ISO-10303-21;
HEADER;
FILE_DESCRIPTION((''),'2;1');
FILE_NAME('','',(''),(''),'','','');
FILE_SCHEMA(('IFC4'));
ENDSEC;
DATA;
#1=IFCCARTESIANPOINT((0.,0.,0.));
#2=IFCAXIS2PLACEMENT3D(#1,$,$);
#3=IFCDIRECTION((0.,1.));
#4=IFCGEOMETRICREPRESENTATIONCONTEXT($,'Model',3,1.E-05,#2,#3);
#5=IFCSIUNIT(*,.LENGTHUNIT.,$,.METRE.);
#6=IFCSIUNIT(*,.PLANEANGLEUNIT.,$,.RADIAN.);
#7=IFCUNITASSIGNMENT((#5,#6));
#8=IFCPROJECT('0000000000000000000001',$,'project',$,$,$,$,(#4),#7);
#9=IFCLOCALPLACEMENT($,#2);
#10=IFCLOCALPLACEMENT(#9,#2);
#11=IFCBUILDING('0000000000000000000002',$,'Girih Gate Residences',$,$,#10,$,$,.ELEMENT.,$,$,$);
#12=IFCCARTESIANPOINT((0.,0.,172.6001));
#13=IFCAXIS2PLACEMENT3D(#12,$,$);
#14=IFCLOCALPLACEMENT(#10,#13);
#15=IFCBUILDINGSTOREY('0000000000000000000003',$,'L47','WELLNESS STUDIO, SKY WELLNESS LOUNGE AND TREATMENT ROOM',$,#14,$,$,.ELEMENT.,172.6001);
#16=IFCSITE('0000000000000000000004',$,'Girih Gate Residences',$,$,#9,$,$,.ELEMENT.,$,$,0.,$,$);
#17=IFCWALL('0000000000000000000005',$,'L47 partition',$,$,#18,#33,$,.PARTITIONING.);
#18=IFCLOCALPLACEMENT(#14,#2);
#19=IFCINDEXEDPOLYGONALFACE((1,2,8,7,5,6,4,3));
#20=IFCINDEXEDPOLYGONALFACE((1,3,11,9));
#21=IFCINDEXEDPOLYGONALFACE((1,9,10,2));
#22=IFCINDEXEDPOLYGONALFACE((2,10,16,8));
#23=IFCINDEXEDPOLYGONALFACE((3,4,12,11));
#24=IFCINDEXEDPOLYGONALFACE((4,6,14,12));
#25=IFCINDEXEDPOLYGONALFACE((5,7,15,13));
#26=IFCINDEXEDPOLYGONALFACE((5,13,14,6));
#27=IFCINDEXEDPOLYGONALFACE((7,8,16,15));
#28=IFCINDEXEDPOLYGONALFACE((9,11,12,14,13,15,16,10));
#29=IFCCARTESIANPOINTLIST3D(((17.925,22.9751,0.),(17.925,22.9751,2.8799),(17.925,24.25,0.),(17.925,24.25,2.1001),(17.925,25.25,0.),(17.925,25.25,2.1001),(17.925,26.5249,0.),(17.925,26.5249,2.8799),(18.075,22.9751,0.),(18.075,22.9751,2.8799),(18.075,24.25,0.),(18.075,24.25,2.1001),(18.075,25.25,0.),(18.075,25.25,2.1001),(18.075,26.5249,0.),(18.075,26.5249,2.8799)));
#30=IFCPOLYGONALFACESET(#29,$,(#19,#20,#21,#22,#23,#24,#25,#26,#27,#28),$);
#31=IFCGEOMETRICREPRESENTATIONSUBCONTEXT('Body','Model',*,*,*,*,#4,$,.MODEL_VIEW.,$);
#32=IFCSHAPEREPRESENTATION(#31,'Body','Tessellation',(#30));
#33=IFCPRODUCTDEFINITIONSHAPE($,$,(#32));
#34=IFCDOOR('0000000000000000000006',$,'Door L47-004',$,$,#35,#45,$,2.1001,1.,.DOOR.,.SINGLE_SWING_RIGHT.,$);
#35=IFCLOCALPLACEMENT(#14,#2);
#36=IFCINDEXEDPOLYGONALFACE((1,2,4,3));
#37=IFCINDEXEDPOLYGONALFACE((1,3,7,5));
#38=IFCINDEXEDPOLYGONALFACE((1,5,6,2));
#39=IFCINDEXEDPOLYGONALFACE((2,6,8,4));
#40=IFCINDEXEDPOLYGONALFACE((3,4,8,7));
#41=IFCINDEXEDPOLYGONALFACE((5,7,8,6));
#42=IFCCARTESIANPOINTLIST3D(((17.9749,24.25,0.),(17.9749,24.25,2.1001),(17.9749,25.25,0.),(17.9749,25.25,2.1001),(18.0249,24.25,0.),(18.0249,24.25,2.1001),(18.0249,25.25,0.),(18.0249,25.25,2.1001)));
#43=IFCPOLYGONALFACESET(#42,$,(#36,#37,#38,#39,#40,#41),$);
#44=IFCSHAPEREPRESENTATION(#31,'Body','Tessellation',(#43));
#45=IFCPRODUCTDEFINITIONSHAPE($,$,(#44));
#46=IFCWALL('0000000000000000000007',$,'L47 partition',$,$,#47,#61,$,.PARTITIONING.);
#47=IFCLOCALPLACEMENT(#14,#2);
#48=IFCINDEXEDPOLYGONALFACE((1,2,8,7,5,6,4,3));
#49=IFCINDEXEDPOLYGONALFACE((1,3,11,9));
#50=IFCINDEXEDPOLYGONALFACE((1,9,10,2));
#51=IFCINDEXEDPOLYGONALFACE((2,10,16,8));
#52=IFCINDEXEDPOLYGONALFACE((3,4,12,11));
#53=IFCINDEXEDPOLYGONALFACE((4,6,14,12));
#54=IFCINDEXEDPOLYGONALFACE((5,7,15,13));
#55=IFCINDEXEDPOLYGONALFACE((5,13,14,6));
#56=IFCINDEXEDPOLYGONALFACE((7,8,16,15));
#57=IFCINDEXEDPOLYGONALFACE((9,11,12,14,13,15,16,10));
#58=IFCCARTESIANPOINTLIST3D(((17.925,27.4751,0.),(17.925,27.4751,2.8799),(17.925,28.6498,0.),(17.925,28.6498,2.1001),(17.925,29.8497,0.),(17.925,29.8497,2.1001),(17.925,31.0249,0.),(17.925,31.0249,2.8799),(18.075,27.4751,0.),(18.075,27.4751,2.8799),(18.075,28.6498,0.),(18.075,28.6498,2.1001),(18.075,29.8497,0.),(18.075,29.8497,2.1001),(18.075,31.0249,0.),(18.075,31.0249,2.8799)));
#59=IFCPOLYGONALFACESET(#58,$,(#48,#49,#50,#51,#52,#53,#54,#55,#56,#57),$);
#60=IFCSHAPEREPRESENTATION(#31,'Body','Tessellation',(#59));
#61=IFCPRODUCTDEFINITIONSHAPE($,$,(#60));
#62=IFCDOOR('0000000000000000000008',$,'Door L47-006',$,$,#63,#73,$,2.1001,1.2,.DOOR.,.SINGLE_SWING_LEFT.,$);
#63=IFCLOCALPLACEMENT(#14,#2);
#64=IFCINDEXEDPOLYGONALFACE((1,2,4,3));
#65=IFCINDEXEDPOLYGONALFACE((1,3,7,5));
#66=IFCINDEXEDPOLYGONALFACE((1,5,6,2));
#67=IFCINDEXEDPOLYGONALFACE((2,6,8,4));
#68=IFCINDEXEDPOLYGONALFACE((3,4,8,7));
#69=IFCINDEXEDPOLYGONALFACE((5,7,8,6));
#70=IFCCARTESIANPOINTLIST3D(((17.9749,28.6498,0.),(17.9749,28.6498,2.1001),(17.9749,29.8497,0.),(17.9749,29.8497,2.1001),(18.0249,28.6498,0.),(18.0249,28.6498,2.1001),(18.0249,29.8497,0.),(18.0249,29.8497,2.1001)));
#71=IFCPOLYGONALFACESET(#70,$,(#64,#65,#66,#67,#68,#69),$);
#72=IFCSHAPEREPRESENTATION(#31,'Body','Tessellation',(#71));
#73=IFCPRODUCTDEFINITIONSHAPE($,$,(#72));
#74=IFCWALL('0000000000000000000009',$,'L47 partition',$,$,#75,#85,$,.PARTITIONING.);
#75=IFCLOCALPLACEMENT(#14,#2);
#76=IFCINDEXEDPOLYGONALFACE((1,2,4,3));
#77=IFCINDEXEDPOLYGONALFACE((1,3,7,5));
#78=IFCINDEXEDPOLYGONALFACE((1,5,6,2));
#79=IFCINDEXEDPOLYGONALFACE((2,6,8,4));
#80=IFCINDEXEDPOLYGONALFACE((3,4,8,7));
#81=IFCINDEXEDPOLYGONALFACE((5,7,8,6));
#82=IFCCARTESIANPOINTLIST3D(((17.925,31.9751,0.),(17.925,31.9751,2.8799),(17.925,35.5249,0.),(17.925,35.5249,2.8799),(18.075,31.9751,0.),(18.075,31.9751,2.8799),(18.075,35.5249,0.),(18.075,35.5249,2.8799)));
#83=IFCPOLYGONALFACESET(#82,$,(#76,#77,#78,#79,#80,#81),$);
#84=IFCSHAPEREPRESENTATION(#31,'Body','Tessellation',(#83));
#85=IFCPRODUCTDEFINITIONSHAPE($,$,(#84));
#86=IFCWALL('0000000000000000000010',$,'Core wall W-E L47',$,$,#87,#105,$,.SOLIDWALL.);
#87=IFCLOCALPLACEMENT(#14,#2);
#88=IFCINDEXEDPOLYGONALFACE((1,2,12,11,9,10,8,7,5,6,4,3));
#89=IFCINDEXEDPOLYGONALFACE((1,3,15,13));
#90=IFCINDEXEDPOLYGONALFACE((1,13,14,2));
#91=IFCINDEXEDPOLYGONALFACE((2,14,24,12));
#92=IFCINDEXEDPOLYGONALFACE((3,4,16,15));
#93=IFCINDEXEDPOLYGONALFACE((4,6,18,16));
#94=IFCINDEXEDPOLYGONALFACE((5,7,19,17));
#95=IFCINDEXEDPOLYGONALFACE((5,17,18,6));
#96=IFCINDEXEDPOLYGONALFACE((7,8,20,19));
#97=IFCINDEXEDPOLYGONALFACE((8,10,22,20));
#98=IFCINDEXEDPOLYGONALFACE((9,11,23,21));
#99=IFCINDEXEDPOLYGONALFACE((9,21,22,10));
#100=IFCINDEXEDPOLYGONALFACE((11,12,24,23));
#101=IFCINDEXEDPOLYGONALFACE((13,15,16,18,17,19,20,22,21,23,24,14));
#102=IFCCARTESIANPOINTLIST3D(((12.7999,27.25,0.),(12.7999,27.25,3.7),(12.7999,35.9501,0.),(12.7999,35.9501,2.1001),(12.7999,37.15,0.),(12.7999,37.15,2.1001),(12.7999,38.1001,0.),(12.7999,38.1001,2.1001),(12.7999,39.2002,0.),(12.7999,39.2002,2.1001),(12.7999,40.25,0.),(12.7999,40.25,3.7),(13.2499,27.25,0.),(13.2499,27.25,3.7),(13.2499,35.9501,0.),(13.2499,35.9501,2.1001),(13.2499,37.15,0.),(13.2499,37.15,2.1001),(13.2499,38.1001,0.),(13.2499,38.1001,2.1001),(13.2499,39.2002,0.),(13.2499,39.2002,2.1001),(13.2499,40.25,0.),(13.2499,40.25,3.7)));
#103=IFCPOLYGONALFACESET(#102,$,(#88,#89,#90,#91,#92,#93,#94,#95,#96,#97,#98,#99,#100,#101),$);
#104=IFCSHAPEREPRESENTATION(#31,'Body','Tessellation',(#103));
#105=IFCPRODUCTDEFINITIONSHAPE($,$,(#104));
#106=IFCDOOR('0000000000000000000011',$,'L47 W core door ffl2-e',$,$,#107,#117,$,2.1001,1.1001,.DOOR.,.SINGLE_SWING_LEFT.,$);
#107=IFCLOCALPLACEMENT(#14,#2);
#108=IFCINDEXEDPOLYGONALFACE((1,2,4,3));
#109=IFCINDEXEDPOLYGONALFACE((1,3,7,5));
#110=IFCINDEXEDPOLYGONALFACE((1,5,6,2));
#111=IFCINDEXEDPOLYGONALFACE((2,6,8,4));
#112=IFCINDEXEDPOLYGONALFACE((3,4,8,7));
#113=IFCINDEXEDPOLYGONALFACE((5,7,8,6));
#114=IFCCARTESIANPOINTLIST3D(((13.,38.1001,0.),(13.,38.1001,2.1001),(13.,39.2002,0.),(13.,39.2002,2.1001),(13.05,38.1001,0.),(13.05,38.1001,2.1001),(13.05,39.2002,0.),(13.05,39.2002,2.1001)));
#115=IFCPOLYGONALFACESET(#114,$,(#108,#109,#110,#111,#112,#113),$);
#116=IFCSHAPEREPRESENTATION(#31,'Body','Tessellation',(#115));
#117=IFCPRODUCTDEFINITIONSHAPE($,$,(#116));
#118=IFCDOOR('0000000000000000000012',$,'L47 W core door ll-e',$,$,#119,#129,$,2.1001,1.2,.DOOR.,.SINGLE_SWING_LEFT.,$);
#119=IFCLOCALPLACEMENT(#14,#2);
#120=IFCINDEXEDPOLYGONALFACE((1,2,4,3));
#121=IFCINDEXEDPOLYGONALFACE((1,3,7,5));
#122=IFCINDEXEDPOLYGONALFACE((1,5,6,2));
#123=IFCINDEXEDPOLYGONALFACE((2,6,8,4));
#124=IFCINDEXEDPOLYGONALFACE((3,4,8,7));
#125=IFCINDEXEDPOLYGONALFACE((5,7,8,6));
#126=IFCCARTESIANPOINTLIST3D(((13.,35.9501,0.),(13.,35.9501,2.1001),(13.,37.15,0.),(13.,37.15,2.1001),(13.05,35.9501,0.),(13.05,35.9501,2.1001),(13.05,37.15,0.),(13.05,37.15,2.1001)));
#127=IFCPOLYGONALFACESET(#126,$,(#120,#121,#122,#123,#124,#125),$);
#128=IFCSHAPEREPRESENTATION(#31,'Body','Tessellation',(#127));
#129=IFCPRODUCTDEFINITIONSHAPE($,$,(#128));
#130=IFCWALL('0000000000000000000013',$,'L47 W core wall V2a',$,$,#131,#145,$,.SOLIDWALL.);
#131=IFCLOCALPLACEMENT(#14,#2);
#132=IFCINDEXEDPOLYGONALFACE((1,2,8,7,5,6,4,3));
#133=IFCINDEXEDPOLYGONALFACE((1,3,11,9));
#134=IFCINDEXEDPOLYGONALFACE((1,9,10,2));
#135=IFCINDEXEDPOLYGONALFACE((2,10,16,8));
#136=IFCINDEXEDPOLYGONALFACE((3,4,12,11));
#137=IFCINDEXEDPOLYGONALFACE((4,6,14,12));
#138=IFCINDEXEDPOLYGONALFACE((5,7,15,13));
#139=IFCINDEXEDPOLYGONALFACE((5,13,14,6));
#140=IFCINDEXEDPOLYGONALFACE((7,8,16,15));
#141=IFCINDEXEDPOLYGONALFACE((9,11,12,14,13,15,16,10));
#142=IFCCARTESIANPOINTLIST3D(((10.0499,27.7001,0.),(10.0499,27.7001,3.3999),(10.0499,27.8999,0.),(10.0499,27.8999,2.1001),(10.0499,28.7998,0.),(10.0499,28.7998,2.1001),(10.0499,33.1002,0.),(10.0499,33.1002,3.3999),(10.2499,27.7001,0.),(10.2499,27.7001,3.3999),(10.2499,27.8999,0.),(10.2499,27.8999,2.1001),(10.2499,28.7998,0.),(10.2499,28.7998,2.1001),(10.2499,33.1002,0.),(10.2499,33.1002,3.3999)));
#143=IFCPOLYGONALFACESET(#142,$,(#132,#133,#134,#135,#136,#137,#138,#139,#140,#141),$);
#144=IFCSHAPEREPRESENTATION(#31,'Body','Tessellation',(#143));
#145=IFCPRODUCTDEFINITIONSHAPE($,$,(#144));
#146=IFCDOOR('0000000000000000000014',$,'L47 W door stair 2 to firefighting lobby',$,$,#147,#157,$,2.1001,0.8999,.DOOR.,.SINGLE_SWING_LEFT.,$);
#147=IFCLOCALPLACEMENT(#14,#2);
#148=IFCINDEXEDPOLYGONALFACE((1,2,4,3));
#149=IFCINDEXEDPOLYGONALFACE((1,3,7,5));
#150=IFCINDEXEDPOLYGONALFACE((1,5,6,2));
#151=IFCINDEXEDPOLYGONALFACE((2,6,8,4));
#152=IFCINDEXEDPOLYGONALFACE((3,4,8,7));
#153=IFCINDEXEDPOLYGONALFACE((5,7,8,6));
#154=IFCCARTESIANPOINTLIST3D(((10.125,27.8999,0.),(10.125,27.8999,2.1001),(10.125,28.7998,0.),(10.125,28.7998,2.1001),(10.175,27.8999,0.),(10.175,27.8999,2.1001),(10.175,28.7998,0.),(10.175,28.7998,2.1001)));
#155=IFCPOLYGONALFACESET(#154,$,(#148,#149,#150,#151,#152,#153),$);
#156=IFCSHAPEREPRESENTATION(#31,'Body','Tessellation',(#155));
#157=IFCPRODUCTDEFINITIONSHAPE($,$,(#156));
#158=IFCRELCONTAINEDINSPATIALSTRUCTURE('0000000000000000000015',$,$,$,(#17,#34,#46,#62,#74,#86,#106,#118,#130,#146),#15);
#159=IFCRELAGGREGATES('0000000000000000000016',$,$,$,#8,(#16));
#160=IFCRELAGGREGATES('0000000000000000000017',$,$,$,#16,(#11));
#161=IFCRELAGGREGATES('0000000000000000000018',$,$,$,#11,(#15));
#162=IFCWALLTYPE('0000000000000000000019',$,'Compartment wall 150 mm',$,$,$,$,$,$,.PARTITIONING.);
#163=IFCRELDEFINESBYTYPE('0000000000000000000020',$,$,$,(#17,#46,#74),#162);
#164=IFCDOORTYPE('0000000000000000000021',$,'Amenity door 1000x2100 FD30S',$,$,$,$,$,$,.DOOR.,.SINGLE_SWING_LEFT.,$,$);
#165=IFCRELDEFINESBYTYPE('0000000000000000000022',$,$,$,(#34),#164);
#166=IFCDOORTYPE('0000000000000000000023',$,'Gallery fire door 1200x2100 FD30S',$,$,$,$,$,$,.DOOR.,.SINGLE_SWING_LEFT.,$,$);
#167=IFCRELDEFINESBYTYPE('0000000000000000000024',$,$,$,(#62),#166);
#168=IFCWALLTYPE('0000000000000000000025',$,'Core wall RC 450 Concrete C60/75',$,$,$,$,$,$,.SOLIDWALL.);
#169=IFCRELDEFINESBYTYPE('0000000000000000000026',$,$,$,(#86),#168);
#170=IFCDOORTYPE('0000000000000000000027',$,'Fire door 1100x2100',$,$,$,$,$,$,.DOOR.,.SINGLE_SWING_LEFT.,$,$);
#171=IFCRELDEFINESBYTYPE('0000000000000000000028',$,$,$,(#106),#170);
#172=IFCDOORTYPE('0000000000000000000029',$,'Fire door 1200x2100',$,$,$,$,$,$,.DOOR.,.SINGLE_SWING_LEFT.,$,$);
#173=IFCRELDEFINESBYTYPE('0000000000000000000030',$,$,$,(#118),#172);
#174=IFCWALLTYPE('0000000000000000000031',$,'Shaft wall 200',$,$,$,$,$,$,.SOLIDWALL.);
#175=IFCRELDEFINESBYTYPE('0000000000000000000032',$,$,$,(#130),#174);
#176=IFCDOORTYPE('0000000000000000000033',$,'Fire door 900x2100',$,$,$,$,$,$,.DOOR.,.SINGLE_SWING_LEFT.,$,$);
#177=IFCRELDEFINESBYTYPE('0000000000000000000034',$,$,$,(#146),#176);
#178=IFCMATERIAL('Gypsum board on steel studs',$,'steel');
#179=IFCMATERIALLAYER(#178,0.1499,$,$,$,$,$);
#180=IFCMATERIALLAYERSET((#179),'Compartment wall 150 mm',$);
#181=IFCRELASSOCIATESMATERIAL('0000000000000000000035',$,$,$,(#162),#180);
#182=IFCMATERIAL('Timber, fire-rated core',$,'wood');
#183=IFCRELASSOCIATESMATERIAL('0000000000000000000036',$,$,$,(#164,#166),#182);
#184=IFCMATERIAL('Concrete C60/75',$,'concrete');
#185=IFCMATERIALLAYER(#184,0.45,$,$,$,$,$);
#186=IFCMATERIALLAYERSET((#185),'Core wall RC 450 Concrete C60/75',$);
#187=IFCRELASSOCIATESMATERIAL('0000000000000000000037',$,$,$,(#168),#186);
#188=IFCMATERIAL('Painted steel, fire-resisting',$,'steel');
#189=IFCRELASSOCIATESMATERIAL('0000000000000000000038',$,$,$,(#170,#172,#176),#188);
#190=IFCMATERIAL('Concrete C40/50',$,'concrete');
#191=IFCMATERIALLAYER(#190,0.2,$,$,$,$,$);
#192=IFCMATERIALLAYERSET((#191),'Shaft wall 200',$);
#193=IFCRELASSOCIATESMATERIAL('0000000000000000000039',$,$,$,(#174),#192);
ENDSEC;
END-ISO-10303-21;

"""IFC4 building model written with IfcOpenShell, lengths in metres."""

from ifc_helpers import new_model, si_unit, direction, frame, frame_2d, origin, place, context, subcontext, project, spatial, rectangle, extrude, material, layer, layer_set, type_object, element, fill, save


model = new_model("IFC4")

# Units and contexts
model_context = context("Model", 3, precision=1e-05, world=origin(), true_north=direction((0.0, 1.0)))
body_context = subcontext(model_context, "Body", "Model", "MODEL_VIEW")
ifc_project = project(units=[si_unit("LENGTHUNIT", "METRE"), si_unit("PLANEANGLEUNIT", "RADIAN")], contexts=[model_context])

# Site, building, storey
site_placement = place(None, origin())
site = spatial("IfcSite", under=ifc_project, at=site_placement, Name="Girih Gate Residences", CompositionType="ELEMENT", RefElevation=0.0)
building_placement = place(site_placement, origin())
building = spatial("IfcBuilding", under=site, at=building_placement, Name="Girih Gate Residences", CompositionType="ELEMENT")
storey_placement = place(building_placement, frame((0.0, 0.0, 172.6001)))
storey = spatial("IfcBuildingStorey", under=building, at=storey_placement, Name="L47", Description="WELLNESS STUDIO, SKY WELLNESS LOUNGE AND TREATMENT ROOM", CompositionType="ELEMENT", Elevation=172.6001)

# Shared definitions
ifc_material_1 = material(Name="Concrete C60/75", Category="concrete")

# Walls, openings, doors
ifc_material_2 = material(Name="Gypsum board on steel studs", Category="steel")
ifc_layer_1 = layer(ifc_material_2, 0.1499)
ifc_layer_set_1 = layer_set([ifc_layer_1], Name="Compartment wall 150 mm")
wall_type_1 = type_object("IfcWallType", Name="Compartment wall 150 mm", PredefinedType="PARTITIONING", material=ifc_layer_set_1)
wall_1_placement = place(storey_placement, frame((18.0, 26.5249, 0.0), z_axis=(0.0, 0.0, 1.0), x_axis=(0.0, -1.0, 0.0)))
wall_1 = element("IfcWall", 1, at=wall_1_placement, inside=storey, type_object=wall_type_1, Name="L47 partition", PredefinedType="PARTITIONING", context=body_context, shape_type="SweptSolid", body=[
    extrude(rectangle(XDim=3.5498, YDim=0.1499, at=frame_2d((1.7749, 0.0))), origin(), (0.0, 0.0, 1.0), 2.8799),
])
opening_1_placement = place(wall_1_placement, frame((1.2749, 0.0, 0.0)))
opening_1 = element("IfcOpeningElement", 2, at=opening_1_placement, cuts=wall_1, PredefinedType="OPENING", context=body_context, shape_type="SweptSolid", body=[
    extrude(rectangle(XDim=1.0, YDim=2.1001, at=frame_2d((0.5, 1.05))), frame((0.0, 0.085, 0.0), z_axis=(0.0, -1.0, 0.0), x_axis=(1.0, 0.0, 0.0)), (0.0, 0.0, 1.0), 0.1699),
])
ifc_material_3 = material(Name="Timber, fire-rated core", Category="wood")
door_type_1 = type_object("IfcDoorType", Name="Amenity door 1000x2100 FD30S", OperationType="SINGLE_SWING_LEFT", PredefinedType="DOOR", material=ifc_material_3)
door_1_placement = place(opening_1_placement, origin())
door_1 = element("IfcDoor", 3, at=door_1_placement, inside=storey, type_object=door_type_1, Name="Door L47-004", OperationType="SINGLE_SWING_RIGHT", OverallHeight=2.1001, OverallWidth=1.0, PredefinedType="DOOR", context=body_context, shape_type="SweptSolid", body=[
    extrude(rectangle(XDim=1.0, YDim=2.1001, at=frame_2d((0.5, 1.05))), frame((0.0, 0.0249, 0.0), z_axis=(0.0, -1.0, 0.0), x_axis=(1.0, 0.0, 0.0)), (0.0, 0.0, 1.0), 0.05),
])
fill(opening_1, door_1)
wall_2_placement = place(storey_placement, frame((18.0, 31.0249, 0.0), z_axis=(0.0, 0.0, 1.0), x_axis=(0.0, -1.0, 0.0)))
wall_2 = element("IfcWall", 4, at=wall_2_placement, inside=storey, type_object=wall_type_1, Name="L47 partition", PredefinedType="PARTITIONING", context=body_context, shape_type="SweptSolid", body=[
    extrude(rectangle(XDim=3.5498, YDim=0.1499, at=frame_2d((1.7749, 0.0))), origin(), (0.0, 0.0, 1.0), 2.8799),
])
opening_2_placement = place(wall_2_placement, frame((1.175, 0.0, 0.0)))
opening_2 = element("IfcOpeningElement", 5, at=opening_2_placement, cuts=wall_2, PredefinedType="OPENING", context=body_context, shape_type="SweptSolid", body=[
    extrude(rectangle(XDim=1.2, YDim=2.1001, at=frame_2d((0.6001, 1.05))), frame((0.0, 0.085, 0.0), z_axis=(0.0, -1.0, 0.0), x_axis=(1.0, 0.0, 0.0)), (0.0, 0.0, 1.0), 0.1699),
])
door_type_2 = type_object("IfcDoorType", Name="Gallery fire door 1200x2100 FD30S", OperationType="SINGLE_SWING_LEFT", PredefinedType="DOOR", material=ifc_material_3)
door_2_placement = place(opening_2_placement, origin())
door_2 = element("IfcDoor", 6, at=door_2_placement, inside=storey, type_object=door_type_2, Name="Door L47-006", OperationType="SINGLE_SWING_LEFT", OverallHeight=2.1001, OverallWidth=1.2, PredefinedType="DOOR", context=body_context, shape_type="SweptSolid", body=[
    extrude(rectangle(XDim=1.2, YDim=2.1001, at=frame_2d((0.6001, 1.05))), frame((0.0, 0.0249, 0.0), z_axis=(0.0, -1.0, 0.0), x_axis=(1.0, 0.0, 0.0)), (0.0, 0.0, 1.0), 0.05),
])
fill(opening_2, door_2)

# Wall
wall_3_placement = place(storey_placement, frame((18.0, 31.9751, 0.0), z_axis=(0.0, 0.0, 1.0), x_axis=(0.0, 1.0, 0.0)))
element("IfcWall", 7, at=wall_3_placement, inside=storey, type_object=wall_type_1, Name="L47 partition", PredefinedType="PARTITIONING", context=body_context, shape_type="SweptSolid", body=[
    extrude(rectangle(XDim=3.5498, YDim=0.1499, at=frame_2d((1.7749, 0.0))), origin(), (0.0, 0.0, 1.0), 2.8799),
])

# Wall, openings, doors
ifc_layer_2 = layer(ifc_material_1, 0.45)
ifc_layer_set_2 = layer_set([ifc_layer_2], Name="Core wall RC 450 Concrete C60/75")
wall_type_2 = type_object("IfcWallType", Name="Core wall RC 450 Concrete C60/75", PredefinedType="SOLIDWALL", material=ifc_layer_set_2)
wall_4_placement = place(storey_placement, frame((13.0249, 27.25, 0.0), z_axis=(0.0, 0.0, 1.0), x_axis=(0.0, 1.0, 0.0)))
wall_4 = element("IfcWall", 8, at=wall_4_placement, inside=storey, type_object=wall_type_2, Name="Core wall W-E L47", PredefinedType="SOLIDWALL", context=body_context, shape_type="SweptSolid", body=[
    extrude(rectangle(XDim=13.0, YDim=0.45, at=frame_2d((6.5, 0.0))), origin(), (0.0, 0.0, 1.0), 3.7),
])
opening_3_placement = place(wall_4_placement, frame((10.8501, 0.0, 0.0)))
opening_3 = element("IfcOpeningElement", 9, at=opening_3_placement, cuts=wall_4, PredefinedType="OPENING", context=body_context, shape_type="SweptSolid", body=[
    extrude(rectangle(XDim=1.1001, YDim=2.1001, at=frame_2d((0.55, 1.05))), frame((0.0, 0.2349, 0.0), z_axis=(0.0, -1.0, 0.0), x_axis=(1.0, 0.0, 0.0)), (0.0, 0.0, 1.0), 0.47),
])
opening_4_placement = place(wall_4_placement, frame((8.7, 0.0, 0.0)))
opening_4 = element("IfcOpeningElement", 10, at=opening_4_placement, cuts=wall_4, PredefinedType="OPENING", context=body_context, shape_type="SweptSolid", body=[
    extrude(rectangle(XDim=1.2, YDim=2.1001, at=frame_2d((0.6001, 1.05))), frame((0.0, 0.2349, 0.0), z_axis=(0.0, -1.0, 0.0), x_axis=(1.0, 0.0, 0.0)), (0.0, 0.0, 1.0), 0.47),
])
ifc_material_4 = material(Name="Painted steel, fire-resisting", Category="steel")
door_type_3 = type_object("IfcDoorType", Name="Fire door 1100x2100", OperationType="SINGLE_SWING_LEFT", PredefinedType="DOOR", material=ifc_material_4)
door_3_placement = place(opening_3_placement, origin())
door_3 = element("IfcDoor", 11, at=door_3_placement, inside=storey, type_object=door_type_3, Name="L47 W core door ffl2-e", OperationType="SINGLE_SWING_LEFT", OverallHeight=2.1001, OverallWidth=1.1001, PredefinedType="DOOR", context=body_context, shape_type="SweptSolid", body=[
    extrude(rectangle(XDim=1.1001, YDim=2.1001, at=frame_2d((0.55, 1.05))), frame((0.0, 0.0249, 0.0), z_axis=(0.0, -1.0, 0.0), x_axis=(1.0, 0.0, 0.0)), (0.0, 0.0, 1.0), 0.05),
])
fill(opening_3, door_3)
door_type_4 = type_object("IfcDoorType", Name="Fire door 1200x2100", OperationType="SINGLE_SWING_LEFT", PredefinedType="DOOR", material=ifc_material_4)
door_4_placement = place(opening_4_placement, origin())
door_4 = element("IfcDoor", 12, at=door_4_placement, inside=storey, type_object=door_type_4, Name="L47 W core door ll-e", OperationType="SINGLE_SWING_LEFT", OverallHeight=2.1001, OverallWidth=1.2, PredefinedType="DOOR", context=body_context, shape_type="SweptSolid", body=[
    extrude(rectangle(XDim=1.2, YDim=2.1001, at=frame_2d((0.6001, 1.05))), frame((0.0, 0.0249, 0.0), z_axis=(0.0, -1.0, 0.0), x_axis=(1.0, 0.0, 0.0)), (0.0, 0.0, 1.0), 0.05),
])
fill(opening_4, door_4)

# Wall, opening, door
ifc_material_5 = material(Name="Concrete C40/50", Category="concrete")
ifc_layer_3 = layer(ifc_material_5, 0.2)
ifc_layer_set_3 = layer_set([ifc_layer_3], Name="Shaft wall 200")
wall_type_3 = type_object("IfcWallType", Name="Shaft wall 200", PredefinedType="SOLIDWALL", material=ifc_layer_set_3)
wall_5_placement = place(storey_placement, frame((10.1499, 27.7, 0.0), z_axis=(0.0, 0.0, 1.0), x_axis=(0.0, 1.0, 0.0)))
wall_5 = element("IfcWall", 13, at=wall_5_placement, inside=storey, type_object=wall_type_3, Name="L47 W core wall V2a", PredefinedType="SOLIDWALL", context=body_context, shape_type="SweptSolid", body=[
    extrude(rectangle(XDim=5.4001, YDim=0.2, at=frame_2d((2.7002, 0.0))), origin(), (0.0, 0.0, 1.0), 3.3999),
])
opening_5_placement = place(wall_5_placement, frame((0.2, 0.0, 0.0)))
opening_5 = element("IfcOpeningElement", 14, at=opening_5_placement, cuts=wall_5, PredefinedType="OPENING", context=body_context, shape_type="SweptSolid", body=[
    extrude(rectangle(XDim=0.8999, YDim=2.1001, at=frame_2d((0.45, 1.05))), frame((0.0, 0.1099, 0.0), z_axis=(0.0, -1.0, 0.0), x_axis=(1.0, 0.0, 0.0)), (0.0, 0.0, 1.0), 0.22),
])
door_type_5 = type_object("IfcDoorType", Name="Fire door 900x2100", OperationType="SINGLE_SWING_LEFT", PredefinedType="DOOR", material=ifc_material_4)
door_5_placement = place(opening_5_placement, origin())
door_5 = element("IfcDoor", 15, at=door_5_placement, inside=storey, type_object=door_type_5, Name="L47 W door stair 2 to firefighting lobby", OperationType="SINGLE_SWING_LEFT", OverallHeight=2.1001, OverallWidth=0.8999, PredefinedType="DOOR", context=body_context, shape_type="SweptSolid", body=[
    extrude(rectangle(XDim=0.8999, YDim=2.1001, at=frame_2d((0.45, 1.05))), frame((0.0, 0.0249, 0.0), z_axis=(0.0, -1.0, 0.0), x_axis=(1.0, 0.0, 0.0)), (0.0, 0.0, 1.0), 0.05),
])
fill(opening_5, door_5)

save(model, "model.ifc")
